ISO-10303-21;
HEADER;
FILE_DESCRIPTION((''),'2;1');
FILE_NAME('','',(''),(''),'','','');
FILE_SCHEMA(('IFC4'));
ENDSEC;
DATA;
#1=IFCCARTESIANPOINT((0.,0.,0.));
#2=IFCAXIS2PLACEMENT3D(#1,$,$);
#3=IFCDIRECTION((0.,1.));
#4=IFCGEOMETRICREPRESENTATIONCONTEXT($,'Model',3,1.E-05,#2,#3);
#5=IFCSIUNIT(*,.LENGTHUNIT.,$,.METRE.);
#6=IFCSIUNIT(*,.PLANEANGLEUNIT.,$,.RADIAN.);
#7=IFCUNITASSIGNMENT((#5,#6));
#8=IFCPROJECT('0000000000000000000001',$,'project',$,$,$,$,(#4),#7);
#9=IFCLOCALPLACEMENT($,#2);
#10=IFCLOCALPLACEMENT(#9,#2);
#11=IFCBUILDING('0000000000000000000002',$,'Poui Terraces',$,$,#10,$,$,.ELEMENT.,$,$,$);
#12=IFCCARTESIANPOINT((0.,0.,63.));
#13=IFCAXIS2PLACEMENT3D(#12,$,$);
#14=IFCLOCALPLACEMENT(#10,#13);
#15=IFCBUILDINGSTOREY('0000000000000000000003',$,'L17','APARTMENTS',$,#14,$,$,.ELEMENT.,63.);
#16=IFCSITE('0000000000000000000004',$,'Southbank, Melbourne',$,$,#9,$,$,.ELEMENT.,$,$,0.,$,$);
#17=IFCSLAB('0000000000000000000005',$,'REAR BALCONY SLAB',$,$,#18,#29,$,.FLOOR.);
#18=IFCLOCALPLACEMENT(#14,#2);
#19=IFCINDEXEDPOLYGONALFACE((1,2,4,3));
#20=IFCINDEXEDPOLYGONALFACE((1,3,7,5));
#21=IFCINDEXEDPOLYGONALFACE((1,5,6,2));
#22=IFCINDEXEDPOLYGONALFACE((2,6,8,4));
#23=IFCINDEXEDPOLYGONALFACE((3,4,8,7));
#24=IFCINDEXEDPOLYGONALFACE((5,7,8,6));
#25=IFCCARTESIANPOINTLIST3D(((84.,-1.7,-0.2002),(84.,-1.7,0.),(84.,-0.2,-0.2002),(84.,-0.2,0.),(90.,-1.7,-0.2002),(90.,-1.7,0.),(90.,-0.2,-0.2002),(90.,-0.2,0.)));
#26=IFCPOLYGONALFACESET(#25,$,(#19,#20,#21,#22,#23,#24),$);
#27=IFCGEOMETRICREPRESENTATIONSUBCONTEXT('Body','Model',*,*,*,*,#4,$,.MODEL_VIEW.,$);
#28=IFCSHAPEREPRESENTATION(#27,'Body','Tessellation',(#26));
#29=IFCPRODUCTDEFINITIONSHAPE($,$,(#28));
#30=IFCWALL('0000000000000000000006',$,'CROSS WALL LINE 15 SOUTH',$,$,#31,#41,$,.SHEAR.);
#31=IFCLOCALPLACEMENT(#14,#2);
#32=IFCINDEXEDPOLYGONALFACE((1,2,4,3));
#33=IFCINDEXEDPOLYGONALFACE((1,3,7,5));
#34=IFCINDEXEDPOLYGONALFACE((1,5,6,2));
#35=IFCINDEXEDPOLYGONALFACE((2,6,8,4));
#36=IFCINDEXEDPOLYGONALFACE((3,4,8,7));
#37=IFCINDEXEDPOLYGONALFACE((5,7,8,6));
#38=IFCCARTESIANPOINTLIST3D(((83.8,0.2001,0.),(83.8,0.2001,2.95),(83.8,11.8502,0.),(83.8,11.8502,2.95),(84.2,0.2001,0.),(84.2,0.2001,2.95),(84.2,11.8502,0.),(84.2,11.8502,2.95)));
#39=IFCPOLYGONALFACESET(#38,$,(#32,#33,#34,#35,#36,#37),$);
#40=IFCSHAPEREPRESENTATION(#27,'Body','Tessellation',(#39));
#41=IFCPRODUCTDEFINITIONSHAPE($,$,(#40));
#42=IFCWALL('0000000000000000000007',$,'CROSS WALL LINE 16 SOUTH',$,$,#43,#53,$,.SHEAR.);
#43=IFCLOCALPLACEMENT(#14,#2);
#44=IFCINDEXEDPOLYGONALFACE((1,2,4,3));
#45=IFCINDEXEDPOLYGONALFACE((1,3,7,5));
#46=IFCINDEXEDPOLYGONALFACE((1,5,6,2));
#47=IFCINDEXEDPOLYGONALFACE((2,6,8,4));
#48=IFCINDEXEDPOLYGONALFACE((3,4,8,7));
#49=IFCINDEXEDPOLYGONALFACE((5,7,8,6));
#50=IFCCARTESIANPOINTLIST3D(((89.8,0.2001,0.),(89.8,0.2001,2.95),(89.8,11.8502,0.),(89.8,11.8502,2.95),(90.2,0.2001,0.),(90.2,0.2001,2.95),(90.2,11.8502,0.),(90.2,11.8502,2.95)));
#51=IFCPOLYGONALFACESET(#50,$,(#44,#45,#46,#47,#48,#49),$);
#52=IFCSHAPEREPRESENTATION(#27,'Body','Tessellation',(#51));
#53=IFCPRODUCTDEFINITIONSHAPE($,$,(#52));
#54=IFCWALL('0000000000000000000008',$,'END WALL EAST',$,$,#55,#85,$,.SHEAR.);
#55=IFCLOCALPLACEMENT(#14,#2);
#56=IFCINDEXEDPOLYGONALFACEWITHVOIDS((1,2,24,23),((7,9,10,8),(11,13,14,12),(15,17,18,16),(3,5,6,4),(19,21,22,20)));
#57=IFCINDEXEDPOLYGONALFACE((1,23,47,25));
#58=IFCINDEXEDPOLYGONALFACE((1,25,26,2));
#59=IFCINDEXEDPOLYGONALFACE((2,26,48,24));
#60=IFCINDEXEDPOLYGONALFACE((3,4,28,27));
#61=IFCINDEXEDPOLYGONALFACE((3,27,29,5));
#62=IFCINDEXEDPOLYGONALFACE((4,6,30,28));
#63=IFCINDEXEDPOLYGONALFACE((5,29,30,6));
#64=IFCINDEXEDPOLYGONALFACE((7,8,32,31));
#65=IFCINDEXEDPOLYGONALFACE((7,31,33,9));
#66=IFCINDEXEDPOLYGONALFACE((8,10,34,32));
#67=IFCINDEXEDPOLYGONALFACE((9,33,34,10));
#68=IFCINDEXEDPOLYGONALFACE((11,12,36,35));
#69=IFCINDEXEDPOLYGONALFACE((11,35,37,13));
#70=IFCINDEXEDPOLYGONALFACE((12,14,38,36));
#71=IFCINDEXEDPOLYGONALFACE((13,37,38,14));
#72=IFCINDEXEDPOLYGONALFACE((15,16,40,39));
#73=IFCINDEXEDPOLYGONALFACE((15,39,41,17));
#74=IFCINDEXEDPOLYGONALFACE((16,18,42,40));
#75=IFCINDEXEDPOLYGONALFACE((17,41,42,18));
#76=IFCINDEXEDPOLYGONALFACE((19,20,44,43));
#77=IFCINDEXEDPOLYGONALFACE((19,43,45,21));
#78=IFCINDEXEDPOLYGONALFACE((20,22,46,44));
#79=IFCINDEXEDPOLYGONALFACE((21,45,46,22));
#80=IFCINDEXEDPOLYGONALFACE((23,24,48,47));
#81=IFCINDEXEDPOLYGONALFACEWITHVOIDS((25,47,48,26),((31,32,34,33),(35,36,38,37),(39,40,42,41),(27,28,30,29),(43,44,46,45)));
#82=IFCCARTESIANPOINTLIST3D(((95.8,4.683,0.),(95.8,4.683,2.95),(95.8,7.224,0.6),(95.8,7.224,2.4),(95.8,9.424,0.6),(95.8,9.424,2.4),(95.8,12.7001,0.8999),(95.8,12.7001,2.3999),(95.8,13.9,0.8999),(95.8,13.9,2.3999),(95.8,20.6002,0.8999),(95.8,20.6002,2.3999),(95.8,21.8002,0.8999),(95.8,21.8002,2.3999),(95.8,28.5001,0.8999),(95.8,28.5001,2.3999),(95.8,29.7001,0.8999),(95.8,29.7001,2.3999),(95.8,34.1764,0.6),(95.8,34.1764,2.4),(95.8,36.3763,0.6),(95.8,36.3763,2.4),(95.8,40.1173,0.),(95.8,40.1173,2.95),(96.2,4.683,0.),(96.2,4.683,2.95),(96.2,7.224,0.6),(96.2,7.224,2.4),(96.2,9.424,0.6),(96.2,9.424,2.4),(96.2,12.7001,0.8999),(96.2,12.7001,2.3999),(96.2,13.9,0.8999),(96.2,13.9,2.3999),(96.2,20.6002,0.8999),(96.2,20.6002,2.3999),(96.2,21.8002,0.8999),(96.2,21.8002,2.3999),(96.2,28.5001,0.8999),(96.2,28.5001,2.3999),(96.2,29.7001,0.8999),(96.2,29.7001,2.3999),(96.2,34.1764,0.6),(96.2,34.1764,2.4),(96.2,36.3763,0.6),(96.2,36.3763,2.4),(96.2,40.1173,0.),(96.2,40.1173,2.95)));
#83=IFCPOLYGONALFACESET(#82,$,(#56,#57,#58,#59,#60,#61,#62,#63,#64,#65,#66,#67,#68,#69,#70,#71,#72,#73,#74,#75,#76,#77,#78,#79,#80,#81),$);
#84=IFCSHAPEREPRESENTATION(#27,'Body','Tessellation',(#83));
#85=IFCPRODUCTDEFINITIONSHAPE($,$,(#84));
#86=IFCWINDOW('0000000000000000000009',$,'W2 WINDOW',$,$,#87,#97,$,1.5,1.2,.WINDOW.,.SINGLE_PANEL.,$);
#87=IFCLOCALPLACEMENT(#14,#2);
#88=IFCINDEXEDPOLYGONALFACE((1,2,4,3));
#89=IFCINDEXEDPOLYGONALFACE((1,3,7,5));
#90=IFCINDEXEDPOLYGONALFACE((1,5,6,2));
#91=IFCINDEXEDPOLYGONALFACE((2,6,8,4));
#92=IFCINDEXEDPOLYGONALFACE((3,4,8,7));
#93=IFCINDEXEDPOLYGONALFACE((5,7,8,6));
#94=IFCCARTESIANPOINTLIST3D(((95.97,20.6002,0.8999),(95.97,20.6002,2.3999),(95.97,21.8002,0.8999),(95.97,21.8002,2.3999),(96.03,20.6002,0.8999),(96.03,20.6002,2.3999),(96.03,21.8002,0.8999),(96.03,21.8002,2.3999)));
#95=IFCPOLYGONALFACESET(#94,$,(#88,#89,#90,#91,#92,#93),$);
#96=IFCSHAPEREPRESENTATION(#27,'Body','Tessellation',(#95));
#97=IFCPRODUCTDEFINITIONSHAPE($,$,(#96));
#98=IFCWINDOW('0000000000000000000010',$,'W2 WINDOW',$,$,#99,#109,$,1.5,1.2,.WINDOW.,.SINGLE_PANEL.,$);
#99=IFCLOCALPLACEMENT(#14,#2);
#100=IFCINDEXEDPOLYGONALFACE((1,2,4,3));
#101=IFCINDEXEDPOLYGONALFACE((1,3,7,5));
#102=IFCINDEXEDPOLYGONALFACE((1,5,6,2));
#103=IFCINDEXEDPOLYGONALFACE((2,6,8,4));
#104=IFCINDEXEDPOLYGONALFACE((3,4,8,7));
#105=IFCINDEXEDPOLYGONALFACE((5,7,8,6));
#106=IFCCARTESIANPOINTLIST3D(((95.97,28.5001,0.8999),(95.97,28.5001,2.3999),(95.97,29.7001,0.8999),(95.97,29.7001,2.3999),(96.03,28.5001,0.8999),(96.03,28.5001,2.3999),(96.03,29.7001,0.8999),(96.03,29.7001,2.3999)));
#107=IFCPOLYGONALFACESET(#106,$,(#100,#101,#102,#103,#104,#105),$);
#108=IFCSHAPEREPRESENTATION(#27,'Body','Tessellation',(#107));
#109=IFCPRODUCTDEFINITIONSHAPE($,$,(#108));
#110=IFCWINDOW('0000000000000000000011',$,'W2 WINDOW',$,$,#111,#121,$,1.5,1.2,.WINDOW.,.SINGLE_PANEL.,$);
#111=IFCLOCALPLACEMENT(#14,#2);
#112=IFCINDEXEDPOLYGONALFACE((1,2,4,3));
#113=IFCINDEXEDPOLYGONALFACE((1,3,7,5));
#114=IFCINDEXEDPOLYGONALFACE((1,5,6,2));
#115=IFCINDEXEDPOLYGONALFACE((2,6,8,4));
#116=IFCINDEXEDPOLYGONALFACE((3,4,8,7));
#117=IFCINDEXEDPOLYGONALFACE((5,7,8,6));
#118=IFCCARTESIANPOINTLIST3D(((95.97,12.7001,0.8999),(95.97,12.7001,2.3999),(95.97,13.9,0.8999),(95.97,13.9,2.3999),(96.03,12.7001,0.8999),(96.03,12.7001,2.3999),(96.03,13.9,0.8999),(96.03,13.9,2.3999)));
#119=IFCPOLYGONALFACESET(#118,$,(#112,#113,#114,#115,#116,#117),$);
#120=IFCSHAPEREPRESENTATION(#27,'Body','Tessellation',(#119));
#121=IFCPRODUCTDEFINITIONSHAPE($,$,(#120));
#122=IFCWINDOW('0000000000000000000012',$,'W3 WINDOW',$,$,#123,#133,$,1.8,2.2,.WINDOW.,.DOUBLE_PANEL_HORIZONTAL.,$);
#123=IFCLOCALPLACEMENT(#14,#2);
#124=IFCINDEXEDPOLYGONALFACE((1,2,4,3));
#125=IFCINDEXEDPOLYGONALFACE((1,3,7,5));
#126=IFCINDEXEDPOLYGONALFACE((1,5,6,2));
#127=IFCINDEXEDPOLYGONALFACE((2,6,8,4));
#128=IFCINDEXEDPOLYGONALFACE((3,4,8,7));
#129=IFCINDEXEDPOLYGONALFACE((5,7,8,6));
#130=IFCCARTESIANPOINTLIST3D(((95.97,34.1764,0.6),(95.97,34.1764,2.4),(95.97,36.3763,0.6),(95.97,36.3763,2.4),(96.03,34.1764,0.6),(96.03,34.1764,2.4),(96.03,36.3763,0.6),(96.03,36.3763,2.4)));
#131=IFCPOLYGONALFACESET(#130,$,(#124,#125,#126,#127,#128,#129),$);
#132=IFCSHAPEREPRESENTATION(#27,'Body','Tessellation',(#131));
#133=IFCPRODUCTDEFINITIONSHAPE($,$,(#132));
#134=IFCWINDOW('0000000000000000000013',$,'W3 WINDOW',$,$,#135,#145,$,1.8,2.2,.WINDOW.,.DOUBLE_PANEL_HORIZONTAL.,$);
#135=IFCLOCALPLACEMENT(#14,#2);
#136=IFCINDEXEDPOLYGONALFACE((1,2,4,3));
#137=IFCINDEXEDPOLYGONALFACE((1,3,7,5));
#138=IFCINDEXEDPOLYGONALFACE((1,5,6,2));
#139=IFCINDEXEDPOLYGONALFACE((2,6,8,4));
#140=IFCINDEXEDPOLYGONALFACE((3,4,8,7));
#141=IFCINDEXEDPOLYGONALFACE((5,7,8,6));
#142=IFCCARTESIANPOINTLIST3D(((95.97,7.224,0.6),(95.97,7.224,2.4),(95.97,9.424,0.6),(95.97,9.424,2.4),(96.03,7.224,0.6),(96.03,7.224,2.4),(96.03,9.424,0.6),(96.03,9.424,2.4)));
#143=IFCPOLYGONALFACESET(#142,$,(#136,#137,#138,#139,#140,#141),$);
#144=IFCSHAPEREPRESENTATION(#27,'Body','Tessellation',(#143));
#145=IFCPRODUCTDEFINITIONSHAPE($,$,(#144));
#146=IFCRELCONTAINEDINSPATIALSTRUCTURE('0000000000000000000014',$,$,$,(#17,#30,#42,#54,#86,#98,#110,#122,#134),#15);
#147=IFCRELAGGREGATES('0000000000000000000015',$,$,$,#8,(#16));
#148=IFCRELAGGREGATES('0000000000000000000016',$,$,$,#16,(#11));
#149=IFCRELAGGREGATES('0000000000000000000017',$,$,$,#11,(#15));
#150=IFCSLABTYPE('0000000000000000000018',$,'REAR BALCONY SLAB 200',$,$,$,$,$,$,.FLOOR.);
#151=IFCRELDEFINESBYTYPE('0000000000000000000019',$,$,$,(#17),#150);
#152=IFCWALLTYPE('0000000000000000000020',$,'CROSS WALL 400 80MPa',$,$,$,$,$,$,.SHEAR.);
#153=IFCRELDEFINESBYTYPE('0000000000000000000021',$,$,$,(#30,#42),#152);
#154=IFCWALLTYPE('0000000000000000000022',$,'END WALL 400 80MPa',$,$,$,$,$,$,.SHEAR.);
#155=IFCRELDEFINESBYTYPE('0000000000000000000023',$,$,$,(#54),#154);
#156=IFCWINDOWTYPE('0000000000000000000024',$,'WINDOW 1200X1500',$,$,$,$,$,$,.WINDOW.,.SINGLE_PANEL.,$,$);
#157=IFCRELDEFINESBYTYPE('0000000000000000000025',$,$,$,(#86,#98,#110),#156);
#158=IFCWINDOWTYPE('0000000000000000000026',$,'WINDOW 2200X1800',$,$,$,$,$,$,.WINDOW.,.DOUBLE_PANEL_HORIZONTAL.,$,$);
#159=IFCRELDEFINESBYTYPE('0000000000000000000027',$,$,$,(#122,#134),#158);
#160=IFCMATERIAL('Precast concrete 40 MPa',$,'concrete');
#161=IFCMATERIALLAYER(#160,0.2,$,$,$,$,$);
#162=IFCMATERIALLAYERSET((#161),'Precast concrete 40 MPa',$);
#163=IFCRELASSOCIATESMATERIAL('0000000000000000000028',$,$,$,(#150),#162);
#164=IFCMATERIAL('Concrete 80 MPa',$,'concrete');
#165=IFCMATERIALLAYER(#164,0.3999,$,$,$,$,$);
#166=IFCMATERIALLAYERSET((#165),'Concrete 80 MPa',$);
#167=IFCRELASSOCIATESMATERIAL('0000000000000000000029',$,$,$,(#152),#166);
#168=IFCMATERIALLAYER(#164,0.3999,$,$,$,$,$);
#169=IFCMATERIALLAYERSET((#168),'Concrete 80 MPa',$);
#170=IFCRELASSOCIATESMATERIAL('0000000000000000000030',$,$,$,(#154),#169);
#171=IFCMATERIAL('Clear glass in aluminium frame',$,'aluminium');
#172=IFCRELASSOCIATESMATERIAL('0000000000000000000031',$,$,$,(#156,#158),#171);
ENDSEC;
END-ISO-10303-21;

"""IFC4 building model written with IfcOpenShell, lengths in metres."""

from ifc_helpers import new_model, si_unit, direction, frame, frame_2d, origin, place, context, subcontext, project, spatial, polyline, rectangle, outline, extrude, source, transform, mapped, material, layer, layer_set, type_object, element, fill, save


model = new_model("IFC4")

# Units and contexts
model_context = context("Model", 3, precision=1e-05, world=origin(), true_north=direction((0.0, 1.0)))
body_context = subcontext(model_context, "Body", "Model", "MODEL_VIEW")
ifc_project = project(units=[si_unit("LENGTHUNIT", "METRE"), si_unit("PLANEANGLEUNIT", "RADIAN")], contexts=[model_context])

# Site, building, storey
site_placement = place(None, origin())
site = spatial("IfcSite", under=ifc_project, at=site_placement, Name="Southbank, Melbourne", CompositionType="ELEMENT", RefElevation=0.0)
building_placement = place(site_placement, origin())
building = spatial("IfcBuilding", under=site, at=building_placement, Name="Poui Terraces", CompositionType="ELEMENT")
storey_placement = place(building_placement, frame((0.0, 0.0, 63.0)))
storey = spatial("IfcBuildingStorey", under=building, at=storey_placement, Name="L17", Description="APARTMENTS", CompositionType="ELEMENT", Elevation=63.0)

# Slab
ifc_material_1 = material(Name="Precast concrete 40 MPa", Category="concrete")
ifc_layer_1 = layer(ifc_material_1, 0.2)
ifc_layer_set_1 = layer_set([ifc_layer_1], Name="Precast concrete 40 MPa")
slab_type = type_object("IfcSlabType", Name="REAR BALCONY SLAB 200", PredefinedType="FLOOR", material=ifc_layer_set_1)
shared_shape_1 = source(origin(), body_context, "Body", "SweptSolid", [
    extrude(outline(polyline([(0.0, 0.0), (6.0, 0.0), (6.0, 1.5), (0.0, 1.5), (0.0, 0.0)])), origin(), (0.0, 0.0, 1.0), 0.2002),
])
slab_placement = place(storey_placement, frame((84.0, -1.7, -0.2002)))
element("IfcSlab", 1, at=slab_placement, inside=storey, type_object=slab_type, Name="REAR BALCONY SLAB", PredefinedType="FLOOR", context=body_context, shape_type="MappedRepresentation", body=[
    mapped(shared_shape_1, transform((0.0, 0.0, 0.0))),
])

# Walls
ifc_material_2 = material(Name="Concrete 80 MPa", Category="concrete")
ifc_layer_2 = layer(ifc_material_2, 0.3999)
ifc_layer_set_2 = layer_set([ifc_layer_2], Name="Concrete 80 MPa")
wall_type_1 = type_object("IfcWallType", Name="CROSS WALL 400 80MPa", PredefinedType="SHEAR", material=ifc_layer_set_2)
for number, where, z_axis, x_axis, name in (
    (2, (84.0, 0.2, 0.0), (0.0, 0.0, 1.0), (0.0, 1.0, 0.0), "CROSS WALL LINE 15 SOUTH"),
    (3, (90.0, 0.2, 0.0), (0.0, 0.0, 1.0), (0.0, 1.0, 0.0), "CROSS WALL LINE 16 SOUTH"),
):
    element("IfcWall", number, at=place(storey_placement, frame(where, z_axis=z_axis, x_axis=x_axis)), inside=storey, type_object=wall_type_1, Name=name, PredefinedType="SHEAR", context=body_context, shape_type="SweptSolid", body=[
        extrude(rectangle(XDim=11.6501, YDim=0.3999, at=frame_2d((5.8252, 0.0))), origin(), (0.0, 0.0, 1.0), 2.95),
    ])

# Wall, openings, windows
ifc_layer_3 = layer(ifc_material_2, 0.3999)
ifc_layer_set_3 = layer_set([ifc_layer_3], Name="Concrete 80 MPa")
wall_type_2 = type_object("IfcWallType", Name="END WALL 400 80MPa", PredefinedType="SHEAR", material=ifc_layer_set_3)
wall_1_placement = place(storey_placement, frame((96.0, 4.6829, 0.0), z_axis=(0.0, 0.0, 1.0), x_axis=(0.0, 1.0, 0.0)))
wall_1 = element("IfcWall", 4, at=wall_1_placement, inside=storey, type_object=wall_type_2, Name="END WALL EAST", PredefinedType="SHEAR", context=body_context, shape_type="SweptSolid", body=[
    extrude(rectangle(XDim=35.4343, YDim=0.3999, at=frame_2d((17.7173, 0.0))), origin(), (0.0, 0.0, 1.0), 2.95),
])
opening_1_placement = place(wall_1_placement, frame((15.9172, 0.0, 0.8999)))
opening_1 = element("IfcOpeningElement", 5, at=opening_1_placement, cuts=wall_1, PredefinedType="OPENING", context=body_context, shape_type="SweptSolid", body=[
    extrude(rectangle(XDim=1.2, YDim=1.5, at=frame_2d((0.6001, 0.75))), frame((0.0, 0.21, 0.0), z_axis=(0.0, -1.0, 0.0), x_axis=(1.0, 0.0, 0.0)), (0.0, 0.0, 1.0), 0.4199),
])
opening_2_placement = place(wall_1_placement, frame((23.8171, 0.0, 0.8999)))
opening_2 = element("IfcOpeningElement", 6, at=opening_2_placement, cuts=wall_1, PredefinedType="OPENING", context=body_context, shape_type="SweptSolid", body=[
    extrude(rectangle(XDim=1.2, YDim=1.5, at=frame_2d((0.6001, 0.75))), frame((0.0, 0.21, 0.0), z_axis=(0.0, -1.0, 0.0), x_axis=(1.0, 0.0, 0.0)), (0.0, 0.0, 1.0), 0.4199),
])
opening_3_placement = place(wall_1_placement, frame((8.0171, 0.0, 0.8999)))
opening_3 = element("IfcOpeningElement", 7, at=opening_3_placement, cuts=wall_1, PredefinedType="OPENING", context=body_context, shape_type="SweptSolid", body=[
    extrude(rectangle(XDim=1.2, YDim=1.5, at=frame_2d((0.6001, 0.75))), frame((0.0, 0.21, 0.0), z_axis=(0.0, -1.0, 0.0), x_axis=(1.0, 0.0, 0.0)), (0.0, 0.0, 1.0), 0.4199),
])
opening_4_placement = place(wall_1_placement, frame((29.4934, 0.0, 0.6001)))
opening_4 = element("IfcOpeningElement", 8, at=opening_4_placement, cuts=wall_1, PredefinedType="OPENING", context=body_context, shape_type="SweptSolid", body=[
    extrude(rectangle(XDim=2.2, YDim=1.8, at=frame_2d((1.1001, 0.8999))), frame((0.0, 0.21, 0.0), z_axis=(0.0, -1.0, 0.0), x_axis=(1.0, 0.0, 0.0)), (0.0, 0.0, 1.0), 0.4199),
])
opening_5_placement = place(wall_1_placement, frame((2.541, 0.0, 0.6001)))
opening_5 = element("IfcOpeningElement", 9, at=opening_5_placement, cuts=wall_1, PredefinedType="OPENING", context=body_context, shape_type="SweptSolid", body=[
    extrude(rectangle(XDim=2.2, YDim=1.8, at=frame_2d((1.1001, 0.8999))), frame((0.0, 0.21, 0.0), z_axis=(0.0, -1.0, 0.0), x_axis=(1.0, 0.0, 0.0)), (0.0, 0.0, 1.0), 0.4199),
])
ifc_material_3 = material(Name="Clear glass in aluminium frame", Category="aluminium")
window_type_1 = type_object("IfcWindowType", Name="WINDOW 1200X1500", PartitioningType="SINGLE_PANEL", PredefinedType="WINDOW", material=ifc_material_3)
window_1_placement = place(opening_1_placement, origin())
window_1 = element("IfcWindow", 10, at=window_1_placement, inside=storey, type_object=window_type_1, Name="W2 WINDOW", OverallHeight=1.5, OverallWidth=1.2, PartitioningType="SINGLE_PANEL", PredefinedType="WINDOW", context=body_context, shape_type="SweptSolid", body=[
    extrude(rectangle(XDim=1.2, YDim=1.5, at=frame_2d((0.6001, 0.75))), frame((0.0, 0.03, 0.0), z_axis=(0.0, -1.0, 0.0), x_axis=(1.0, 0.0, 0.0)), (0.0, 0.0, 1.0), 0.0601),
])
fill(opening_1, window_1)
window_2_placement = place(opening_2_placement, origin())
window_2 = element("IfcWindow", 11, at=window_2_placement, inside=storey, type_object=window_type_1, Name="W2 WINDOW", OverallHeight=1.5, OverallWidth=1.2, PartitioningType="SINGLE_PANEL", PredefinedType="WINDOW", context=body_context, shape_type="SweptSolid", body=[
    extrude(rectangle(XDim=1.2, YDim=1.5, at=frame_2d((0.6001, 0.75))), frame((0.0, 0.03, 0.0), z_axis=(0.0, -1.0, 0.0), x_axis=(1.0, 0.0, 0.0)), (0.0, 0.0, 1.0), 0.0601),
])
fill(opening_2, window_2)
window_3_placement = place(opening_3_placement, origin())
window_3 = element("IfcWindow", 12, at=window_3_placement, inside=storey, type_object=window_type_1, Name="W2 WINDOW", OverallHeight=1.5, OverallWidth=1.2, PartitioningType="SINGLE_PANEL", PredefinedType="WINDOW", context=body_context, shape_type="SweptSolid", body=[
    extrude(rectangle(XDim=1.2, YDim=1.5, at=frame_2d((0.6001, 0.75))), frame((0.0, 0.03, 0.0), z_axis=(0.0, -1.0, 0.0), x_axis=(1.0, 0.0, 0.0)), (0.0, 0.0, 1.0), 0.0601),
])
fill(opening_3, window_3)
window_type_2 = type_object("IfcWindowType", Name="WINDOW 2200X1800", PartitioningType="DOUBLE_PANEL_HORIZONTAL", PredefinedType="WINDOW", material=ifc_material_3)
window_4_placement = place(opening_4_placement, origin())
window_4 = element("IfcWindow", 13, at=window_4_placement, inside=storey, type_object=window_type_2, Name="W3 WINDOW", OverallHeight=1.8, OverallWidth=2.2, PartitioningType="DOUBLE_PANEL_HORIZONTAL", PredefinedType="WINDOW", context=body_context, shape_type="SweptSolid", body=[
    extrude(rectangle(XDim=2.2, YDim=1.8, at=frame_2d((1.1001, 0.8999))), frame((0.0, 0.03, 0.0), z_axis=(0.0, -1.0, 0.0), x_axis=(1.0, 0.0, 0.0)), (0.0, 0.0, 1.0), 0.0601),
])
fill(opening_4, window_4)
window_5_placement = place(opening_5_placement, origin())
window_5 = element("IfcWindow", 14, at=window_5_placement, inside=storey, type_object=window_type_2, Name="W3 WINDOW", OverallHeight=1.8, OverallWidth=2.2, PartitioningType="DOUBLE_PANEL_HORIZONTAL", PredefinedType="WINDOW", context=body_context, shape_type="SweptSolid", body=[
    extrude(rectangle(XDim=2.2, YDim=1.8, at=frame_2d((1.1001, 0.8999))), frame((0.0, 0.03, 0.0), z_axis=(0.0, -1.0, 0.0), x_axis=(1.0, 0.0, 0.0)), (0.0, 0.0, 1.0), 0.0601),
])
fill(opening_5, window_5)

save(model, "model.ifc")
